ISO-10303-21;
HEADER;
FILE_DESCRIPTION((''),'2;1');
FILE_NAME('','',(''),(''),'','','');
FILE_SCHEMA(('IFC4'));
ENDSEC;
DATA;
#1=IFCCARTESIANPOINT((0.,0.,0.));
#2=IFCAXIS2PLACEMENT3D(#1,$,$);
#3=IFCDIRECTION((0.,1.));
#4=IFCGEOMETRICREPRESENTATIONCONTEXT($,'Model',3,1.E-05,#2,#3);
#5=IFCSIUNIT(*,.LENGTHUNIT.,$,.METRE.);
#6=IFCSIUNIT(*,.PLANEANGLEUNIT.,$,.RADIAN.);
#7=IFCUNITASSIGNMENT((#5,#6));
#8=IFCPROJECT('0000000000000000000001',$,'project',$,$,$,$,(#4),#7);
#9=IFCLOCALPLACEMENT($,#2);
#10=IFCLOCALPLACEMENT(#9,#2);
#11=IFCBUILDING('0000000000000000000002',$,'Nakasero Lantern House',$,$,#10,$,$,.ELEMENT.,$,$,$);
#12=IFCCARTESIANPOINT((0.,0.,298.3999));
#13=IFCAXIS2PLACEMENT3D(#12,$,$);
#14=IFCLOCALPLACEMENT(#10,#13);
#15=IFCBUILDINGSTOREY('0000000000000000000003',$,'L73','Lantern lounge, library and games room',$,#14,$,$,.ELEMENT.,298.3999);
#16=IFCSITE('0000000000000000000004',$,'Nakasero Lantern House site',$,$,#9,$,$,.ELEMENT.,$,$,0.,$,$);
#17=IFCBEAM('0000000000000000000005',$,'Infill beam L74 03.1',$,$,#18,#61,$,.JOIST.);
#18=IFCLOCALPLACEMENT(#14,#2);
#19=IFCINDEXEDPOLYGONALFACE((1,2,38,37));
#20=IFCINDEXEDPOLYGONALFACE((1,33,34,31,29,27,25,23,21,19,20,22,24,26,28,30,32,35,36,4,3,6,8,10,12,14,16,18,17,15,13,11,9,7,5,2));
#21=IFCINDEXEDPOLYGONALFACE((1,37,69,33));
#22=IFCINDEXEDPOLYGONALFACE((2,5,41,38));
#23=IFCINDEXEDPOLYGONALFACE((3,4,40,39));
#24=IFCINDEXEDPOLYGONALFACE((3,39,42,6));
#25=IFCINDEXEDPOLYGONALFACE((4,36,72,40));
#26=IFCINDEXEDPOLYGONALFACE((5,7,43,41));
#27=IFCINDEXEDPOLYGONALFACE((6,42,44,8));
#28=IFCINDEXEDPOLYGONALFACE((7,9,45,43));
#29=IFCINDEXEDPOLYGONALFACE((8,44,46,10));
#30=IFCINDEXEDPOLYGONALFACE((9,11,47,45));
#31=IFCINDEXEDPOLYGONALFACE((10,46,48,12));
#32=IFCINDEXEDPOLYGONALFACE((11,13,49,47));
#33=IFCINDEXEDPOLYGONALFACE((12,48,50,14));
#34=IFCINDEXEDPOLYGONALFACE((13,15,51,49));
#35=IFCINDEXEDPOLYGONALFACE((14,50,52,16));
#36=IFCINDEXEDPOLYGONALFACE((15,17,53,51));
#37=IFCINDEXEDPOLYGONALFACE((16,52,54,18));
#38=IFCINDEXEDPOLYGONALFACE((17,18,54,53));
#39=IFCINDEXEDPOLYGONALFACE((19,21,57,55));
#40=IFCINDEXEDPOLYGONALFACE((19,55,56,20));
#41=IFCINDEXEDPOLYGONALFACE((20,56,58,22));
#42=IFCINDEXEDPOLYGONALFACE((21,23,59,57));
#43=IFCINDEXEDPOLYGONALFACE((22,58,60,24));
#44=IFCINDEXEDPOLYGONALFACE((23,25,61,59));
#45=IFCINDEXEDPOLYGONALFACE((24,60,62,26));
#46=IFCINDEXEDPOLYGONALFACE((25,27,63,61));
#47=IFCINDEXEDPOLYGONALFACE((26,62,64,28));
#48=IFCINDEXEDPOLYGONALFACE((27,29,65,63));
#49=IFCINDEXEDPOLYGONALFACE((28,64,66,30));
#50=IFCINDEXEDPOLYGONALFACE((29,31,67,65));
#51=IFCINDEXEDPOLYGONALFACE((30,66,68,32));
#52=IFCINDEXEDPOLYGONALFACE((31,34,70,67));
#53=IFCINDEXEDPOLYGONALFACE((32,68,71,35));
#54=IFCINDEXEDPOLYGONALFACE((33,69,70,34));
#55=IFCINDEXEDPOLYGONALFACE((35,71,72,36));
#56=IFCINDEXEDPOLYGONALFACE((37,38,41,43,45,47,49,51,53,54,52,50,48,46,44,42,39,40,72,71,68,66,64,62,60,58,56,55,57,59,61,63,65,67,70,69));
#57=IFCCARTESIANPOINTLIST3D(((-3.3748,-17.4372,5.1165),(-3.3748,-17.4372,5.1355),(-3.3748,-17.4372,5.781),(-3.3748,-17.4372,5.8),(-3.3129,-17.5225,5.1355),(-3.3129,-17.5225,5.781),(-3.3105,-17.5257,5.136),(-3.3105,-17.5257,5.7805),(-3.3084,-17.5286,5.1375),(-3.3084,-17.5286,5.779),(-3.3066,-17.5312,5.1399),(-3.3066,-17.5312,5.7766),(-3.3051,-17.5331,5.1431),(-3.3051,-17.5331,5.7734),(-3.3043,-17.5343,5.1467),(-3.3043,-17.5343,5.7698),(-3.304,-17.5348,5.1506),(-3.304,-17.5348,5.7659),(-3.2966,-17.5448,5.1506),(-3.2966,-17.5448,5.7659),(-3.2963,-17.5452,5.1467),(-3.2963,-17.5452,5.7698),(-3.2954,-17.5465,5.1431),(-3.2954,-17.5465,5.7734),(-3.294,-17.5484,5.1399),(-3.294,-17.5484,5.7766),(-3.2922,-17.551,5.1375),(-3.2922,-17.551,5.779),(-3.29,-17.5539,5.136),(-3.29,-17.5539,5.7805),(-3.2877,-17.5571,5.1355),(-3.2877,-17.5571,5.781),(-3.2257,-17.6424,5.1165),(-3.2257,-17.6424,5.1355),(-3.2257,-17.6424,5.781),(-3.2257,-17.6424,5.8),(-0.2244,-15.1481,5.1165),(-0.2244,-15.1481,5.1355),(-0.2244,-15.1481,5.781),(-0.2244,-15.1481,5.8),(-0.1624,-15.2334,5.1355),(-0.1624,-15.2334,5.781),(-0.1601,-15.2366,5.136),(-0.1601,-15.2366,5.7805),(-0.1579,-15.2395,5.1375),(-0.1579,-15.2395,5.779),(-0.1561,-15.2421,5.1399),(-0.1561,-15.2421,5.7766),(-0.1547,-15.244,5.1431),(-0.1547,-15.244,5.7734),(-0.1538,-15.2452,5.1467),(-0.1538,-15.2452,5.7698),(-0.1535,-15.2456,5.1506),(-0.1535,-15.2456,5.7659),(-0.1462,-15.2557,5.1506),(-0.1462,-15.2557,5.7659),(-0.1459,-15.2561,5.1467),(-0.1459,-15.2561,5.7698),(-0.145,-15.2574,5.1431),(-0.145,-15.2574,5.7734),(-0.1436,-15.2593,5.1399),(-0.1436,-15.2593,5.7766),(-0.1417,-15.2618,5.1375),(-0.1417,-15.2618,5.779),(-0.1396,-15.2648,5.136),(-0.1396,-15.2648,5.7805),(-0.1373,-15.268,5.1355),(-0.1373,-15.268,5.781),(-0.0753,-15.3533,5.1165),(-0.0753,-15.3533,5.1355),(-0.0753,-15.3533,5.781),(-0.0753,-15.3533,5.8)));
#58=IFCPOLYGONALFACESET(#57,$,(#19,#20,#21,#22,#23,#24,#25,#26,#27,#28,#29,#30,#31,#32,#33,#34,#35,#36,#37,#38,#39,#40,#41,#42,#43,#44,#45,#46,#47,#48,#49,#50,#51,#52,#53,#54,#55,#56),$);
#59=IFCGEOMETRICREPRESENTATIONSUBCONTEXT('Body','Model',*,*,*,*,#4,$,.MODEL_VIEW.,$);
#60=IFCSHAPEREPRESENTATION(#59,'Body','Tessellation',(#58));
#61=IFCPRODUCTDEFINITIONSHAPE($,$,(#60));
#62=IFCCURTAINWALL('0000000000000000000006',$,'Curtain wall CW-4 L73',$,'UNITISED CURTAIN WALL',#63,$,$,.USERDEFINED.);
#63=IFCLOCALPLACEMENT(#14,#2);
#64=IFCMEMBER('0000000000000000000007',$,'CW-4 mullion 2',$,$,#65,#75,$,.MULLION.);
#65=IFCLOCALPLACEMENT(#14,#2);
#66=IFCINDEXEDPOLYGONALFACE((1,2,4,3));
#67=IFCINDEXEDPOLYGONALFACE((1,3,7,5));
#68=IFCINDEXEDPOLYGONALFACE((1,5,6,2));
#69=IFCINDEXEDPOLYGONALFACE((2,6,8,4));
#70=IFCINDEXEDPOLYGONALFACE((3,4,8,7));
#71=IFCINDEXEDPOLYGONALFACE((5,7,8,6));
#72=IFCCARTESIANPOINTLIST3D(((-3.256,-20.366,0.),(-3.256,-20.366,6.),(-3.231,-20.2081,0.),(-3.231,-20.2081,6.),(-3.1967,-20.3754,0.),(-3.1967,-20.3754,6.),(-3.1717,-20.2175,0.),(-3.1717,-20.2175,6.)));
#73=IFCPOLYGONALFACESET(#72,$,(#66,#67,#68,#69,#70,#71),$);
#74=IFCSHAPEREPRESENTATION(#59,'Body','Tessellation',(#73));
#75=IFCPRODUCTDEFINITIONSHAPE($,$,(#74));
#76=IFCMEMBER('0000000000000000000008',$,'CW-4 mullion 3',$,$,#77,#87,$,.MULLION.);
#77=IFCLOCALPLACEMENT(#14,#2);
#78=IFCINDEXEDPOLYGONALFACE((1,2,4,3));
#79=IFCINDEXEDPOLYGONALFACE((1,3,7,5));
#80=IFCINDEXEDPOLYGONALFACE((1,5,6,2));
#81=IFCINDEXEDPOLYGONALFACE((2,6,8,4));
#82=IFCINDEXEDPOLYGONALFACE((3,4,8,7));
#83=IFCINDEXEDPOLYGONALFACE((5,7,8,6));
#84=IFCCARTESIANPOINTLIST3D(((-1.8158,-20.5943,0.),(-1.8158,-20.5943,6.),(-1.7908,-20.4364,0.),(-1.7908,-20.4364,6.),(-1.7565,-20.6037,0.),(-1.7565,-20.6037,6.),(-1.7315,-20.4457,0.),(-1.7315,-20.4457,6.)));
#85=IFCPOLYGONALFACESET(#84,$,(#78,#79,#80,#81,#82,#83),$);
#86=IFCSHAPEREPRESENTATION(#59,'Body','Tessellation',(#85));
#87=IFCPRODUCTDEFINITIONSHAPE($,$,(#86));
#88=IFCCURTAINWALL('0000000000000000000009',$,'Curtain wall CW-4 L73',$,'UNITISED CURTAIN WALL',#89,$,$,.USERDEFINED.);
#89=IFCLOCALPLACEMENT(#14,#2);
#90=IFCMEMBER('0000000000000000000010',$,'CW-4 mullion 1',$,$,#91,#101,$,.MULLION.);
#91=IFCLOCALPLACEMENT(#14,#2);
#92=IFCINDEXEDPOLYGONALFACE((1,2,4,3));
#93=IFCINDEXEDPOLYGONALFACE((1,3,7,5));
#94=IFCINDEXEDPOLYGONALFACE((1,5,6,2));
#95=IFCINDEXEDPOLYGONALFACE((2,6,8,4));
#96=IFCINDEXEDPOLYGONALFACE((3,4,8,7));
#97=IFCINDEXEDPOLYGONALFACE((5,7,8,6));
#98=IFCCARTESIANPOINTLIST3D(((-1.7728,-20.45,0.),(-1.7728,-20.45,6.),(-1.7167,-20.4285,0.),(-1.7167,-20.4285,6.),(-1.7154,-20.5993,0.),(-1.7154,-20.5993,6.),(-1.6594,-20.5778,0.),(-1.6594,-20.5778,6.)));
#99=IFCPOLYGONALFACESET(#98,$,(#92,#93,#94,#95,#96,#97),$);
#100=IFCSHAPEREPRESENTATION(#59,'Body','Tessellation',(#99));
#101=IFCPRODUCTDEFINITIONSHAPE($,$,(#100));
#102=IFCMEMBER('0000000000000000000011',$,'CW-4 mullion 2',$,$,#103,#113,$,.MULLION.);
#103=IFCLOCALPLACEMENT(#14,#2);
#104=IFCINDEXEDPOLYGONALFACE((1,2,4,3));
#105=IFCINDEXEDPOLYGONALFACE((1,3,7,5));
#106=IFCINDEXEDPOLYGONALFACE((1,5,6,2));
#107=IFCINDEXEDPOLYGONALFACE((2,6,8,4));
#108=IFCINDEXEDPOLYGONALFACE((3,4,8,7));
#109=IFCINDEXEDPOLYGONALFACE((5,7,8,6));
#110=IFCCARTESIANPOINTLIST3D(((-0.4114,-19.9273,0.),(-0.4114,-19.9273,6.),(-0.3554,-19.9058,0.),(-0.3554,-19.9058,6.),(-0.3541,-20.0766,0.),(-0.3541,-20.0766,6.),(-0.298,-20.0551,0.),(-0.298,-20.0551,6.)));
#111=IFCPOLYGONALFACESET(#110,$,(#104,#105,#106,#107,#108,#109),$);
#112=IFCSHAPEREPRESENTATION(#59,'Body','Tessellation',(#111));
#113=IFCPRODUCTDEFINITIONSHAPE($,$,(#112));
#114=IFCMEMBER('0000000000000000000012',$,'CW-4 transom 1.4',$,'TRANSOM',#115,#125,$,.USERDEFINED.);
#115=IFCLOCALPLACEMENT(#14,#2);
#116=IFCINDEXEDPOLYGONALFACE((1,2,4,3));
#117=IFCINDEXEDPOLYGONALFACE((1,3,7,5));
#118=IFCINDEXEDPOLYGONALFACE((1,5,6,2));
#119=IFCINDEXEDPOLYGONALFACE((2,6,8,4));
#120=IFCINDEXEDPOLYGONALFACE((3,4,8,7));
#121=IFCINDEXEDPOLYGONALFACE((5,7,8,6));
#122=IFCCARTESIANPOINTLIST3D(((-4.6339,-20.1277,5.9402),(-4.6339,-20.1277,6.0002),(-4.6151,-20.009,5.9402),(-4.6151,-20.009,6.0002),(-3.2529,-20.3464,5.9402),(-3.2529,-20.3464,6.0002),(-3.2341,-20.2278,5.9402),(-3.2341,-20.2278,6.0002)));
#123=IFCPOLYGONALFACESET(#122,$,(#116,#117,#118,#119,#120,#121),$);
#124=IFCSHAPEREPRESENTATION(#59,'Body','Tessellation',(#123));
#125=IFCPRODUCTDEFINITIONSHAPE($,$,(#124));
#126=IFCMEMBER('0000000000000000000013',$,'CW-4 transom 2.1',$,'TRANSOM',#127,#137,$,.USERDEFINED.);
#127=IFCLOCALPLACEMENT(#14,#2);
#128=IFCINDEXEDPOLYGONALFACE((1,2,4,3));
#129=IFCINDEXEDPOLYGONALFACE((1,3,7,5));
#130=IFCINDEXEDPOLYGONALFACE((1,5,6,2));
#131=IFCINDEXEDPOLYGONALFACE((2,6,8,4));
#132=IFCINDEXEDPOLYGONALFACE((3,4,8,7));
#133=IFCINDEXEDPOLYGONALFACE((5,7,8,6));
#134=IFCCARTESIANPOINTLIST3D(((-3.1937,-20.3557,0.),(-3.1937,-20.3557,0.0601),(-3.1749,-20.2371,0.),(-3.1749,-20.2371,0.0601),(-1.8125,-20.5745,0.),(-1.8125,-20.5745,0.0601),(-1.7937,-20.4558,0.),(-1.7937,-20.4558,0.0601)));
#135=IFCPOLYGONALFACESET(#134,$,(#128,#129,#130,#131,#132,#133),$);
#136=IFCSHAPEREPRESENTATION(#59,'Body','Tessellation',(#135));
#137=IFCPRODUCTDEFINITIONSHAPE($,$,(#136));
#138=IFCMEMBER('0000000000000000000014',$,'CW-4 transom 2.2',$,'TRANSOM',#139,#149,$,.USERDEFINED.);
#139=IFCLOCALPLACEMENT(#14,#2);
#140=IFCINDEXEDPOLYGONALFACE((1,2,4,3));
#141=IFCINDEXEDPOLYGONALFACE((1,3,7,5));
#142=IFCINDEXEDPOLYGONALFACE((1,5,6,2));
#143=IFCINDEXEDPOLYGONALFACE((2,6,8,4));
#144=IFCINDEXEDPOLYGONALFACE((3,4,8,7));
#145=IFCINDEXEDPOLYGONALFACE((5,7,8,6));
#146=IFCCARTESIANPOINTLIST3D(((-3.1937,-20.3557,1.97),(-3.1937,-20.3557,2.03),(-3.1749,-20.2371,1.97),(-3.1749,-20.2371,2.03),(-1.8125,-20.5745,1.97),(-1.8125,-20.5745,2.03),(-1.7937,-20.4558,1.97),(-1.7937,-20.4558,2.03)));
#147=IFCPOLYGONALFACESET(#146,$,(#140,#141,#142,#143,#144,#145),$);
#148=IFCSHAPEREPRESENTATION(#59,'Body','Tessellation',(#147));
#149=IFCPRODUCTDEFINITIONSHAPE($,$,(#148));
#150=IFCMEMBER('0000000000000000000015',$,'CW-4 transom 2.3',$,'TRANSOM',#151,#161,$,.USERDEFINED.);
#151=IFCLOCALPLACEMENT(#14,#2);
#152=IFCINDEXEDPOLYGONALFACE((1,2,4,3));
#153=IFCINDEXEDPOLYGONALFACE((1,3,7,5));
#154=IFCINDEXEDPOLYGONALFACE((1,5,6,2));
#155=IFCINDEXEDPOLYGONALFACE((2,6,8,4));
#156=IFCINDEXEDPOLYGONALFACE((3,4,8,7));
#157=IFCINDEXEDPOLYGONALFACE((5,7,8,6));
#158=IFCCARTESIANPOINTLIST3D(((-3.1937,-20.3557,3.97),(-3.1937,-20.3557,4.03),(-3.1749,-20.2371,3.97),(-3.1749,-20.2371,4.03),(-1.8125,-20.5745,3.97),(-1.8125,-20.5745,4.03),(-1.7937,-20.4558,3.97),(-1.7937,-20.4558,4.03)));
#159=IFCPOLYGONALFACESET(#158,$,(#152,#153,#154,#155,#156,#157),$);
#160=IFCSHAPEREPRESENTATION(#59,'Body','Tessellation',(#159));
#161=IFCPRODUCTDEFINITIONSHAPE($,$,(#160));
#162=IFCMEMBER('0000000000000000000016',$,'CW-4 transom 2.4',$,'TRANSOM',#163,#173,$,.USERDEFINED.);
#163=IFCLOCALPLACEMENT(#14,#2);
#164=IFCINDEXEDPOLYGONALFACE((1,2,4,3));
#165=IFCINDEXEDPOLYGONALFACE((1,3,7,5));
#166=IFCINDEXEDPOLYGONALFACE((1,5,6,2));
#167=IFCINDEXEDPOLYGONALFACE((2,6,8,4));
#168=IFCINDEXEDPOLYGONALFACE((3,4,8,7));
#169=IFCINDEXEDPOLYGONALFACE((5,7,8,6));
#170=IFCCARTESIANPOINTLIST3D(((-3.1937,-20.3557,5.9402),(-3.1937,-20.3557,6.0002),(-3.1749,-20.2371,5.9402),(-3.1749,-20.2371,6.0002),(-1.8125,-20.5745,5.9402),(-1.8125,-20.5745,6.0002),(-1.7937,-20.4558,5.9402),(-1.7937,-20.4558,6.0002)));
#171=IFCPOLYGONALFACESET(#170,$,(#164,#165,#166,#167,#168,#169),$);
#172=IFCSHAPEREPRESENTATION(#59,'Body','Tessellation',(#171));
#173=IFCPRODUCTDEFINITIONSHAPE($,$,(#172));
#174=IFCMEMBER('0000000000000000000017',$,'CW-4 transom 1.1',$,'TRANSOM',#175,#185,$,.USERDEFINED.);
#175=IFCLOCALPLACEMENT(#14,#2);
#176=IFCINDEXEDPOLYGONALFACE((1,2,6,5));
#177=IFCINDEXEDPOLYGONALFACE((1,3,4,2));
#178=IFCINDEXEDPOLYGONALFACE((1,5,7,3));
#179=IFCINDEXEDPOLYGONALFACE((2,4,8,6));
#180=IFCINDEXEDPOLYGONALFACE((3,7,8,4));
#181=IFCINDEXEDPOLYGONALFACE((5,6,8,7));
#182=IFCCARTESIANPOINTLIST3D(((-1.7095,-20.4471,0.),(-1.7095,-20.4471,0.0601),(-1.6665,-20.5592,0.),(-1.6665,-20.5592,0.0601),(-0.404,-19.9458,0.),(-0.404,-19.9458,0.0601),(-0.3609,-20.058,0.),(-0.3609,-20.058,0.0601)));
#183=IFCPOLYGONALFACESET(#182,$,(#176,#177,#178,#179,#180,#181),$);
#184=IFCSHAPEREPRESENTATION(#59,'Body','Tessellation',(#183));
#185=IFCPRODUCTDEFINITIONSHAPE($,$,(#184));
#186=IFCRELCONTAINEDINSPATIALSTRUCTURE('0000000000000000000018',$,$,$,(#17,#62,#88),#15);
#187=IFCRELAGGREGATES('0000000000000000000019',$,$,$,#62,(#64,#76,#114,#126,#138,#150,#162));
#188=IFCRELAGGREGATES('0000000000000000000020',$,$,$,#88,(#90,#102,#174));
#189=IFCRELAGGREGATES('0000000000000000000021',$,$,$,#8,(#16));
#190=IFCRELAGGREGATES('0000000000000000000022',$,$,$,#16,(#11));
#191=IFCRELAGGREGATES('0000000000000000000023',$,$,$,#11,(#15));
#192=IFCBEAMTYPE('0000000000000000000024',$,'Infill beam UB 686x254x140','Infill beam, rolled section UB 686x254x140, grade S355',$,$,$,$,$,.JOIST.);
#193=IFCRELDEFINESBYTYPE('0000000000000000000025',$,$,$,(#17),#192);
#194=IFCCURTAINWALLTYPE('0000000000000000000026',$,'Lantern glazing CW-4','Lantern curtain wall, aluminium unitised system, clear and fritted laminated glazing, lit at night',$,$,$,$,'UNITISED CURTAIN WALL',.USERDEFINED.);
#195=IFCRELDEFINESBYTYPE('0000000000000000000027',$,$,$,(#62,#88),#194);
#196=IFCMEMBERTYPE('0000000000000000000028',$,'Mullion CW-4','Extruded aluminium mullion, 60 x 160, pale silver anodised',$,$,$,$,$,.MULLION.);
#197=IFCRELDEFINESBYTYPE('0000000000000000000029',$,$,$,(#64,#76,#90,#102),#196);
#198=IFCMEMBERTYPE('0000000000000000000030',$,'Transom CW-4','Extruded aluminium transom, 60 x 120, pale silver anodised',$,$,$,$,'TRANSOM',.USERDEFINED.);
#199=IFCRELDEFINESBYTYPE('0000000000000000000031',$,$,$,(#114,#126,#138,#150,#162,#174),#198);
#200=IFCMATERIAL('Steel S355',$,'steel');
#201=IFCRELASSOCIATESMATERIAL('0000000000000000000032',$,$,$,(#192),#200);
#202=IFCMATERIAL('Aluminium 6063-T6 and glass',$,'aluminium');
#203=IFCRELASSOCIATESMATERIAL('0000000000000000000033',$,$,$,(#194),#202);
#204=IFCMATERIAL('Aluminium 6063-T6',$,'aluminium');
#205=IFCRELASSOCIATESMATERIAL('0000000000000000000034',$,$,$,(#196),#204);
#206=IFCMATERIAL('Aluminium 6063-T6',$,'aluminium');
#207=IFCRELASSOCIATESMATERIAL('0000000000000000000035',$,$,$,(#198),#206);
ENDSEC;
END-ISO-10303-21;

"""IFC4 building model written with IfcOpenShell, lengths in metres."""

from ifc_helpers import new_model, si_unit, direction, frame, origin, origin_2d, place, context, subcontext, project, spatial, rectangle, i_section, extrude, material, material_profile, profile_set, type_object, element, aggregate, save


model = new_model("IFC4")

# Units and contexts
model_context = context("Model", 3, precision=1e-05, world=origin(), true_north=direction((0.0, 1.0)))
body_context = subcontext(model_context, "Body", "Model", "MODEL_VIEW")
ifc_project = project(units=[si_unit("LENGTHUNIT", "METRE"), si_unit("PLANEANGLEUNIT", "RADIAN")], contexts=[model_context])

# Site, building, storey
site_placement = place(None, origin())
site = spatial("IfcSite", under=ifc_project, at=site_placement, Name="Nakasero Lantern House site", CompositionType="ELEMENT", RefElevation=0.0)
building_placement = place(site_placement, origin())
building = spatial("IfcBuilding", under=site, at=building_placement, Name="Nakasero Lantern House", CompositionType="ELEMENT")
storey_placement = place(building_placement, frame((0.0, 0.0, 298.3999)))
storey = spatial("IfcBuildingStorey", under=building, at=storey_placement, Name="L73", Description="Lantern lounge, library and games room", CompositionType="ELEMENT", Elevation=298.3999)

# Beam
ifc_material_1 = material(Name="Steel S355", Category="steel")
ifc_material_profile_1 = material_profile(ifc_material_1, i_section(OverallWidth=0.2537, OverallDepth=0.6836, WebThickness=0.0125, FlangeThickness=0.019, FilletRadius=0.0151, at=origin_2d()), Name="UB 686x254x140")
ifc_profile_set_1 = profile_set([ifc_material_profile_1], Name="Steel S355")
beam_type = type_object("IfcBeamType", Name="Infill beam UB 686x254x140", Description="Infill beam, rolled section UB 686x254x140, grade S355", PredefinedType="JOIST", material=ifc_profile_set_1)
beam_placement = place(storey_placement, frame((-3.3003, -17.5398, 5.4583), z_axis=(0.808996, 0.587814, 0.0), x_axis=(-0.587814, 0.808996, 0.0)))
element("IfcBeam", 1, at=beam_placement, inside=storey, type_object=beam_type, Name="Infill beam L74 03.1", PredefinedType="JOIST", context=body_context, shape_type="SweptSolid", body=[
    extrude(i_section(OverallWidth=0.2537, OverallDepth=0.6836, WebThickness=0.0125, FlangeThickness=0.019, FilletRadius=0.0151, at=origin_2d()), origin(), (0.0, 0.0, 1.0), 3.8943),
])

# Curtain walls, members
ifc_material_2 = material(Name="Aluminium 6063-T6 and glass", Category="aluminium")
curtain_wall_type = type_object("IfcCurtainWallType", Name="Lantern glazing CW-4", Description="Lantern curtain wall, aluminium unitised system, clear and fritted laminated glazing, lit at night", ElementType="UNITISED CURTAIN WALL", PredefinedType="USERDEFINED", material=ifc_material_2)
curtain_wall_1_placement = place(storey_placement, origin())
curtain_wall_1 = element("IfcCurtainWall", 2, at=curtain_wall_1_placement, inside=storey, type_object=curtain_wall_type, Name="Curtain wall CW-4 L73", ObjectType="UNITISED CURTAIN WALL", PredefinedType="USERDEFINED")
ifc_material_3 = material(Name="Aluminium 6063-T6", Category="aluminium")
ifc_material_profile_2 = material_profile(ifc_material_3, rectangle(XDim=0.0601, YDim=0.1599, at=origin_2d()), Name="CW-4 mullion 60x160")
ifc_profile_set_2 = profile_set([ifc_material_profile_2], Name="Aluminium 6063-T6")
member_type_1 = type_object("IfcMemberType", Name="Mullion CW-4", Description="Extruded aluminium mullion, 60 x 160, pale silver anodised", PredefinedType="MULLION", material=ifc_profile_set_2)
member_1_placement = place(storey_placement, frame((-3.2139, -20.2917, 0.0), z_axis=(0.0, 0.0, 1.0), x_axis=(0.987688, -0.156434, 0.0)))
member_1 = element("IfcMember", 3, at=member_1_placement, type_object=member_type_1, Name="CW-4 mullion 2", PredefinedType="MULLION", context=body_context, shape_type="SweptSolid", body=[
    extrude(rectangle(XDim=0.0601, YDim=0.1599, at=origin_2d()), origin(), (0.0, 0.0, 1.0), 6.0),
])
member_2_placement = place(storey_placement, frame((-1.7737, -20.52, 0.0), z_axis=(0.0, 0.0, 1.0), x_axis=(0.987688, -0.156434, 0.0)))
member_2 = element("IfcMember", 4, at=member_2_placement, type_object=member_type_1, Name="CW-4 mullion 3", PredefinedType="MULLION", context=body_context, shape_type="SweptSolid", body=[
    extrude(rectangle(XDim=0.0601, YDim=0.1599, at=origin_2d()), origin(), (0.0, 0.0, 1.0), 6.0),
])
curtain_wall_2_placement = place(storey_placement, origin())
curtain_wall_2 = element("IfcCurtainWall", 5, at=curtain_wall_2_placement, inside=storey, type_object=curtain_wall_type, Name="Curtain wall CW-4 L73", ObjectType="UNITISED CURTAIN WALL", PredefinedType="USERDEFINED")
member_3_placement = place(storey_placement, frame((-1.7161, -20.5139, 0.0), z_axis=(0.0, 0.0, 1.0), x_axis=(0.93358, 0.358368, 0.0)))
member_3 = element("IfcMember", 6, at=member_3_placement, type_object=member_type_1, Name="CW-4 mullion 1", PredefinedType="MULLION", context=body_context, shape_type="SweptSolid", body=[
    extrude(rectangle(XDim=0.0601, YDim=0.1599, at=origin_2d()), origin(), (0.0, 0.0, 1.0), 6.0),
])
member_4_placement = place(storey_placement, frame((-0.3547, -19.9912, 0.0), z_axis=(0.0, 0.0, 1.0), x_axis=(0.93358, 0.358368, 0.0)))
member_4 = element("IfcMember", 7, at=member_4_placement, type_object=member_type_1, Name="CW-4 mullion 2", PredefinedType="MULLION", context=body_context, shape_type="SweptSolid", body=[
    extrude(rectangle(XDim=0.0601, YDim=0.1599, at=origin_2d()), origin(), (0.0, 0.0, 1.0), 6.0),
])

# Members
ifc_material_4 = material(Name="Aluminium 6063-T6", Category="aluminium")
ifc_material_profile_3 = material_profile(ifc_material_4, rectangle(XDim=0.0601, YDim=0.1201, at=origin_2d()), Name="CW-4 transom 60x120")
ifc_profile_set_3 = profile_set([ifc_material_profile_3], Name="Aluminium 6063-T6")
member_type_2 = type_object("IfcMemberType", Name="Transom CW-4", Description="Extruded aluminium transom, 60 x 120, pale silver anodised", ElementType="TRANSOM", PredefinedType="USERDEFINED", material=ifc_profile_set_3)
member_5_placement = place(storey_placement, frame((-4.6245, -20.0684, 5.9702), z_axis=(0.987684, -0.156465, 0.0), x_axis=(0.0, 0.0, 1.0)))
member_5 = element("IfcMember", 8, at=member_5_placement, type_object=member_type_2, Name="CW-4 transom 1.4", ObjectType="TRANSOM", PredefinedType="USERDEFINED", context=body_context, shape_type="SweptSolid", body=[
    extrude(rectangle(XDim=0.0601, YDim=0.1201, at=origin_2d()), origin(), (0.0, 0.0, 1.0), 1.3982),
])
member_6_placement = place(storey_placement, frame((-3.1843, -20.2964, 0.03), z_axis=(0.987688, -0.156438, 0.0), x_axis=(0.0, 0.0, 1.0)))
member_6 = element("IfcMember", 9, at=member_6_placement, type_object=member_type_2, Name="CW-4 transom 2.1", ObjectType="TRANSOM", PredefinedType="USERDEFINED", context=body_context, shape_type="SweptSolid", body=[
    extrude(rectangle(XDim=0.0601, YDim=0.1201, at=origin_2d()), origin(), (0.0, 0.0, 1.0), 1.3984),
])
member_7_placement = place(storey_placement, frame((-3.1843, -20.2964, 2.0), z_axis=(0.987688, -0.156438, 0.0), x_axis=(0.0, 0.0, 1.0)))
member_7 = element("IfcMember", 10, at=member_7_placement, type_object=member_type_2, Name="CW-4 transom 2.2", ObjectType="TRANSOM", PredefinedType="USERDEFINED", context=body_context, shape_type="SweptSolid", body=[
    extrude(rectangle(XDim=0.0601, YDim=0.1201, at=origin_2d()), origin(), (0.0, 0.0, 1.0), 1.3984),
])
member_8_placement = place(storey_placement, frame((-3.1843, -20.2964, 4.0), z_axis=(0.987688, -0.156438, 0.0), x_axis=(0.0, 0.0, 1.0)))
member_8 = element("IfcMember", 11, at=member_8_placement, type_object=member_type_2, Name="CW-4 transom 2.3", ObjectType="TRANSOM", PredefinedType="USERDEFINED", context=body_context, shape_type="SweptSolid", body=[
    extrude(rectangle(XDim=0.0601, YDim=0.1201, at=origin_2d()), origin(), (0.0, 0.0, 1.0), 1.3984),
])
member_9_placement = place(storey_placement, frame((-3.1843, -20.2964, 5.9702), z_axis=(0.987688, -0.156438, 0.0), x_axis=(0.0, 0.0, 1.0)))
member_9 = element("IfcMember", 12, at=member_9_placement, type_object=member_type_2, Name="CW-4 transom 2.4", ObjectType="TRANSOM", PredefinedType="USERDEFINED", context=body_context, shape_type="SweptSolid", body=[
    extrude(rectangle(XDim=0.0601, YDim=0.1201, at=origin_2d()), origin(), (0.0, 0.0, 1.0), 1.3984),
])
member_10_placement = place(storey_placement, frame((-1.688, -20.5032, 0.03), z_axis=(0.933552, 0.358441, 0.0), x_axis=(0.0, 0.0, 1.0)))
member_10 = element("IfcMember", 13, at=member_10_placement, type_object=member_type_2, Name="CW-4 transom 1.1", ObjectType="TRANSOM", PredefinedType="USERDEFINED", context=body_context, shape_type="SweptSolid", body=[
    extrude(rectangle(XDim=0.0601, YDim=0.1201, at=origin_2d()), origin(), (0.0, 0.0, 1.0), 1.3984),
])

aggregate(curtain_wall_1, [member_1, member_2, member_5, member_6, member_7, member_8, member_9])
aggregate(curtain_wall_2, [member_3, member_4, member_10])

save(model, "model.ifc")
